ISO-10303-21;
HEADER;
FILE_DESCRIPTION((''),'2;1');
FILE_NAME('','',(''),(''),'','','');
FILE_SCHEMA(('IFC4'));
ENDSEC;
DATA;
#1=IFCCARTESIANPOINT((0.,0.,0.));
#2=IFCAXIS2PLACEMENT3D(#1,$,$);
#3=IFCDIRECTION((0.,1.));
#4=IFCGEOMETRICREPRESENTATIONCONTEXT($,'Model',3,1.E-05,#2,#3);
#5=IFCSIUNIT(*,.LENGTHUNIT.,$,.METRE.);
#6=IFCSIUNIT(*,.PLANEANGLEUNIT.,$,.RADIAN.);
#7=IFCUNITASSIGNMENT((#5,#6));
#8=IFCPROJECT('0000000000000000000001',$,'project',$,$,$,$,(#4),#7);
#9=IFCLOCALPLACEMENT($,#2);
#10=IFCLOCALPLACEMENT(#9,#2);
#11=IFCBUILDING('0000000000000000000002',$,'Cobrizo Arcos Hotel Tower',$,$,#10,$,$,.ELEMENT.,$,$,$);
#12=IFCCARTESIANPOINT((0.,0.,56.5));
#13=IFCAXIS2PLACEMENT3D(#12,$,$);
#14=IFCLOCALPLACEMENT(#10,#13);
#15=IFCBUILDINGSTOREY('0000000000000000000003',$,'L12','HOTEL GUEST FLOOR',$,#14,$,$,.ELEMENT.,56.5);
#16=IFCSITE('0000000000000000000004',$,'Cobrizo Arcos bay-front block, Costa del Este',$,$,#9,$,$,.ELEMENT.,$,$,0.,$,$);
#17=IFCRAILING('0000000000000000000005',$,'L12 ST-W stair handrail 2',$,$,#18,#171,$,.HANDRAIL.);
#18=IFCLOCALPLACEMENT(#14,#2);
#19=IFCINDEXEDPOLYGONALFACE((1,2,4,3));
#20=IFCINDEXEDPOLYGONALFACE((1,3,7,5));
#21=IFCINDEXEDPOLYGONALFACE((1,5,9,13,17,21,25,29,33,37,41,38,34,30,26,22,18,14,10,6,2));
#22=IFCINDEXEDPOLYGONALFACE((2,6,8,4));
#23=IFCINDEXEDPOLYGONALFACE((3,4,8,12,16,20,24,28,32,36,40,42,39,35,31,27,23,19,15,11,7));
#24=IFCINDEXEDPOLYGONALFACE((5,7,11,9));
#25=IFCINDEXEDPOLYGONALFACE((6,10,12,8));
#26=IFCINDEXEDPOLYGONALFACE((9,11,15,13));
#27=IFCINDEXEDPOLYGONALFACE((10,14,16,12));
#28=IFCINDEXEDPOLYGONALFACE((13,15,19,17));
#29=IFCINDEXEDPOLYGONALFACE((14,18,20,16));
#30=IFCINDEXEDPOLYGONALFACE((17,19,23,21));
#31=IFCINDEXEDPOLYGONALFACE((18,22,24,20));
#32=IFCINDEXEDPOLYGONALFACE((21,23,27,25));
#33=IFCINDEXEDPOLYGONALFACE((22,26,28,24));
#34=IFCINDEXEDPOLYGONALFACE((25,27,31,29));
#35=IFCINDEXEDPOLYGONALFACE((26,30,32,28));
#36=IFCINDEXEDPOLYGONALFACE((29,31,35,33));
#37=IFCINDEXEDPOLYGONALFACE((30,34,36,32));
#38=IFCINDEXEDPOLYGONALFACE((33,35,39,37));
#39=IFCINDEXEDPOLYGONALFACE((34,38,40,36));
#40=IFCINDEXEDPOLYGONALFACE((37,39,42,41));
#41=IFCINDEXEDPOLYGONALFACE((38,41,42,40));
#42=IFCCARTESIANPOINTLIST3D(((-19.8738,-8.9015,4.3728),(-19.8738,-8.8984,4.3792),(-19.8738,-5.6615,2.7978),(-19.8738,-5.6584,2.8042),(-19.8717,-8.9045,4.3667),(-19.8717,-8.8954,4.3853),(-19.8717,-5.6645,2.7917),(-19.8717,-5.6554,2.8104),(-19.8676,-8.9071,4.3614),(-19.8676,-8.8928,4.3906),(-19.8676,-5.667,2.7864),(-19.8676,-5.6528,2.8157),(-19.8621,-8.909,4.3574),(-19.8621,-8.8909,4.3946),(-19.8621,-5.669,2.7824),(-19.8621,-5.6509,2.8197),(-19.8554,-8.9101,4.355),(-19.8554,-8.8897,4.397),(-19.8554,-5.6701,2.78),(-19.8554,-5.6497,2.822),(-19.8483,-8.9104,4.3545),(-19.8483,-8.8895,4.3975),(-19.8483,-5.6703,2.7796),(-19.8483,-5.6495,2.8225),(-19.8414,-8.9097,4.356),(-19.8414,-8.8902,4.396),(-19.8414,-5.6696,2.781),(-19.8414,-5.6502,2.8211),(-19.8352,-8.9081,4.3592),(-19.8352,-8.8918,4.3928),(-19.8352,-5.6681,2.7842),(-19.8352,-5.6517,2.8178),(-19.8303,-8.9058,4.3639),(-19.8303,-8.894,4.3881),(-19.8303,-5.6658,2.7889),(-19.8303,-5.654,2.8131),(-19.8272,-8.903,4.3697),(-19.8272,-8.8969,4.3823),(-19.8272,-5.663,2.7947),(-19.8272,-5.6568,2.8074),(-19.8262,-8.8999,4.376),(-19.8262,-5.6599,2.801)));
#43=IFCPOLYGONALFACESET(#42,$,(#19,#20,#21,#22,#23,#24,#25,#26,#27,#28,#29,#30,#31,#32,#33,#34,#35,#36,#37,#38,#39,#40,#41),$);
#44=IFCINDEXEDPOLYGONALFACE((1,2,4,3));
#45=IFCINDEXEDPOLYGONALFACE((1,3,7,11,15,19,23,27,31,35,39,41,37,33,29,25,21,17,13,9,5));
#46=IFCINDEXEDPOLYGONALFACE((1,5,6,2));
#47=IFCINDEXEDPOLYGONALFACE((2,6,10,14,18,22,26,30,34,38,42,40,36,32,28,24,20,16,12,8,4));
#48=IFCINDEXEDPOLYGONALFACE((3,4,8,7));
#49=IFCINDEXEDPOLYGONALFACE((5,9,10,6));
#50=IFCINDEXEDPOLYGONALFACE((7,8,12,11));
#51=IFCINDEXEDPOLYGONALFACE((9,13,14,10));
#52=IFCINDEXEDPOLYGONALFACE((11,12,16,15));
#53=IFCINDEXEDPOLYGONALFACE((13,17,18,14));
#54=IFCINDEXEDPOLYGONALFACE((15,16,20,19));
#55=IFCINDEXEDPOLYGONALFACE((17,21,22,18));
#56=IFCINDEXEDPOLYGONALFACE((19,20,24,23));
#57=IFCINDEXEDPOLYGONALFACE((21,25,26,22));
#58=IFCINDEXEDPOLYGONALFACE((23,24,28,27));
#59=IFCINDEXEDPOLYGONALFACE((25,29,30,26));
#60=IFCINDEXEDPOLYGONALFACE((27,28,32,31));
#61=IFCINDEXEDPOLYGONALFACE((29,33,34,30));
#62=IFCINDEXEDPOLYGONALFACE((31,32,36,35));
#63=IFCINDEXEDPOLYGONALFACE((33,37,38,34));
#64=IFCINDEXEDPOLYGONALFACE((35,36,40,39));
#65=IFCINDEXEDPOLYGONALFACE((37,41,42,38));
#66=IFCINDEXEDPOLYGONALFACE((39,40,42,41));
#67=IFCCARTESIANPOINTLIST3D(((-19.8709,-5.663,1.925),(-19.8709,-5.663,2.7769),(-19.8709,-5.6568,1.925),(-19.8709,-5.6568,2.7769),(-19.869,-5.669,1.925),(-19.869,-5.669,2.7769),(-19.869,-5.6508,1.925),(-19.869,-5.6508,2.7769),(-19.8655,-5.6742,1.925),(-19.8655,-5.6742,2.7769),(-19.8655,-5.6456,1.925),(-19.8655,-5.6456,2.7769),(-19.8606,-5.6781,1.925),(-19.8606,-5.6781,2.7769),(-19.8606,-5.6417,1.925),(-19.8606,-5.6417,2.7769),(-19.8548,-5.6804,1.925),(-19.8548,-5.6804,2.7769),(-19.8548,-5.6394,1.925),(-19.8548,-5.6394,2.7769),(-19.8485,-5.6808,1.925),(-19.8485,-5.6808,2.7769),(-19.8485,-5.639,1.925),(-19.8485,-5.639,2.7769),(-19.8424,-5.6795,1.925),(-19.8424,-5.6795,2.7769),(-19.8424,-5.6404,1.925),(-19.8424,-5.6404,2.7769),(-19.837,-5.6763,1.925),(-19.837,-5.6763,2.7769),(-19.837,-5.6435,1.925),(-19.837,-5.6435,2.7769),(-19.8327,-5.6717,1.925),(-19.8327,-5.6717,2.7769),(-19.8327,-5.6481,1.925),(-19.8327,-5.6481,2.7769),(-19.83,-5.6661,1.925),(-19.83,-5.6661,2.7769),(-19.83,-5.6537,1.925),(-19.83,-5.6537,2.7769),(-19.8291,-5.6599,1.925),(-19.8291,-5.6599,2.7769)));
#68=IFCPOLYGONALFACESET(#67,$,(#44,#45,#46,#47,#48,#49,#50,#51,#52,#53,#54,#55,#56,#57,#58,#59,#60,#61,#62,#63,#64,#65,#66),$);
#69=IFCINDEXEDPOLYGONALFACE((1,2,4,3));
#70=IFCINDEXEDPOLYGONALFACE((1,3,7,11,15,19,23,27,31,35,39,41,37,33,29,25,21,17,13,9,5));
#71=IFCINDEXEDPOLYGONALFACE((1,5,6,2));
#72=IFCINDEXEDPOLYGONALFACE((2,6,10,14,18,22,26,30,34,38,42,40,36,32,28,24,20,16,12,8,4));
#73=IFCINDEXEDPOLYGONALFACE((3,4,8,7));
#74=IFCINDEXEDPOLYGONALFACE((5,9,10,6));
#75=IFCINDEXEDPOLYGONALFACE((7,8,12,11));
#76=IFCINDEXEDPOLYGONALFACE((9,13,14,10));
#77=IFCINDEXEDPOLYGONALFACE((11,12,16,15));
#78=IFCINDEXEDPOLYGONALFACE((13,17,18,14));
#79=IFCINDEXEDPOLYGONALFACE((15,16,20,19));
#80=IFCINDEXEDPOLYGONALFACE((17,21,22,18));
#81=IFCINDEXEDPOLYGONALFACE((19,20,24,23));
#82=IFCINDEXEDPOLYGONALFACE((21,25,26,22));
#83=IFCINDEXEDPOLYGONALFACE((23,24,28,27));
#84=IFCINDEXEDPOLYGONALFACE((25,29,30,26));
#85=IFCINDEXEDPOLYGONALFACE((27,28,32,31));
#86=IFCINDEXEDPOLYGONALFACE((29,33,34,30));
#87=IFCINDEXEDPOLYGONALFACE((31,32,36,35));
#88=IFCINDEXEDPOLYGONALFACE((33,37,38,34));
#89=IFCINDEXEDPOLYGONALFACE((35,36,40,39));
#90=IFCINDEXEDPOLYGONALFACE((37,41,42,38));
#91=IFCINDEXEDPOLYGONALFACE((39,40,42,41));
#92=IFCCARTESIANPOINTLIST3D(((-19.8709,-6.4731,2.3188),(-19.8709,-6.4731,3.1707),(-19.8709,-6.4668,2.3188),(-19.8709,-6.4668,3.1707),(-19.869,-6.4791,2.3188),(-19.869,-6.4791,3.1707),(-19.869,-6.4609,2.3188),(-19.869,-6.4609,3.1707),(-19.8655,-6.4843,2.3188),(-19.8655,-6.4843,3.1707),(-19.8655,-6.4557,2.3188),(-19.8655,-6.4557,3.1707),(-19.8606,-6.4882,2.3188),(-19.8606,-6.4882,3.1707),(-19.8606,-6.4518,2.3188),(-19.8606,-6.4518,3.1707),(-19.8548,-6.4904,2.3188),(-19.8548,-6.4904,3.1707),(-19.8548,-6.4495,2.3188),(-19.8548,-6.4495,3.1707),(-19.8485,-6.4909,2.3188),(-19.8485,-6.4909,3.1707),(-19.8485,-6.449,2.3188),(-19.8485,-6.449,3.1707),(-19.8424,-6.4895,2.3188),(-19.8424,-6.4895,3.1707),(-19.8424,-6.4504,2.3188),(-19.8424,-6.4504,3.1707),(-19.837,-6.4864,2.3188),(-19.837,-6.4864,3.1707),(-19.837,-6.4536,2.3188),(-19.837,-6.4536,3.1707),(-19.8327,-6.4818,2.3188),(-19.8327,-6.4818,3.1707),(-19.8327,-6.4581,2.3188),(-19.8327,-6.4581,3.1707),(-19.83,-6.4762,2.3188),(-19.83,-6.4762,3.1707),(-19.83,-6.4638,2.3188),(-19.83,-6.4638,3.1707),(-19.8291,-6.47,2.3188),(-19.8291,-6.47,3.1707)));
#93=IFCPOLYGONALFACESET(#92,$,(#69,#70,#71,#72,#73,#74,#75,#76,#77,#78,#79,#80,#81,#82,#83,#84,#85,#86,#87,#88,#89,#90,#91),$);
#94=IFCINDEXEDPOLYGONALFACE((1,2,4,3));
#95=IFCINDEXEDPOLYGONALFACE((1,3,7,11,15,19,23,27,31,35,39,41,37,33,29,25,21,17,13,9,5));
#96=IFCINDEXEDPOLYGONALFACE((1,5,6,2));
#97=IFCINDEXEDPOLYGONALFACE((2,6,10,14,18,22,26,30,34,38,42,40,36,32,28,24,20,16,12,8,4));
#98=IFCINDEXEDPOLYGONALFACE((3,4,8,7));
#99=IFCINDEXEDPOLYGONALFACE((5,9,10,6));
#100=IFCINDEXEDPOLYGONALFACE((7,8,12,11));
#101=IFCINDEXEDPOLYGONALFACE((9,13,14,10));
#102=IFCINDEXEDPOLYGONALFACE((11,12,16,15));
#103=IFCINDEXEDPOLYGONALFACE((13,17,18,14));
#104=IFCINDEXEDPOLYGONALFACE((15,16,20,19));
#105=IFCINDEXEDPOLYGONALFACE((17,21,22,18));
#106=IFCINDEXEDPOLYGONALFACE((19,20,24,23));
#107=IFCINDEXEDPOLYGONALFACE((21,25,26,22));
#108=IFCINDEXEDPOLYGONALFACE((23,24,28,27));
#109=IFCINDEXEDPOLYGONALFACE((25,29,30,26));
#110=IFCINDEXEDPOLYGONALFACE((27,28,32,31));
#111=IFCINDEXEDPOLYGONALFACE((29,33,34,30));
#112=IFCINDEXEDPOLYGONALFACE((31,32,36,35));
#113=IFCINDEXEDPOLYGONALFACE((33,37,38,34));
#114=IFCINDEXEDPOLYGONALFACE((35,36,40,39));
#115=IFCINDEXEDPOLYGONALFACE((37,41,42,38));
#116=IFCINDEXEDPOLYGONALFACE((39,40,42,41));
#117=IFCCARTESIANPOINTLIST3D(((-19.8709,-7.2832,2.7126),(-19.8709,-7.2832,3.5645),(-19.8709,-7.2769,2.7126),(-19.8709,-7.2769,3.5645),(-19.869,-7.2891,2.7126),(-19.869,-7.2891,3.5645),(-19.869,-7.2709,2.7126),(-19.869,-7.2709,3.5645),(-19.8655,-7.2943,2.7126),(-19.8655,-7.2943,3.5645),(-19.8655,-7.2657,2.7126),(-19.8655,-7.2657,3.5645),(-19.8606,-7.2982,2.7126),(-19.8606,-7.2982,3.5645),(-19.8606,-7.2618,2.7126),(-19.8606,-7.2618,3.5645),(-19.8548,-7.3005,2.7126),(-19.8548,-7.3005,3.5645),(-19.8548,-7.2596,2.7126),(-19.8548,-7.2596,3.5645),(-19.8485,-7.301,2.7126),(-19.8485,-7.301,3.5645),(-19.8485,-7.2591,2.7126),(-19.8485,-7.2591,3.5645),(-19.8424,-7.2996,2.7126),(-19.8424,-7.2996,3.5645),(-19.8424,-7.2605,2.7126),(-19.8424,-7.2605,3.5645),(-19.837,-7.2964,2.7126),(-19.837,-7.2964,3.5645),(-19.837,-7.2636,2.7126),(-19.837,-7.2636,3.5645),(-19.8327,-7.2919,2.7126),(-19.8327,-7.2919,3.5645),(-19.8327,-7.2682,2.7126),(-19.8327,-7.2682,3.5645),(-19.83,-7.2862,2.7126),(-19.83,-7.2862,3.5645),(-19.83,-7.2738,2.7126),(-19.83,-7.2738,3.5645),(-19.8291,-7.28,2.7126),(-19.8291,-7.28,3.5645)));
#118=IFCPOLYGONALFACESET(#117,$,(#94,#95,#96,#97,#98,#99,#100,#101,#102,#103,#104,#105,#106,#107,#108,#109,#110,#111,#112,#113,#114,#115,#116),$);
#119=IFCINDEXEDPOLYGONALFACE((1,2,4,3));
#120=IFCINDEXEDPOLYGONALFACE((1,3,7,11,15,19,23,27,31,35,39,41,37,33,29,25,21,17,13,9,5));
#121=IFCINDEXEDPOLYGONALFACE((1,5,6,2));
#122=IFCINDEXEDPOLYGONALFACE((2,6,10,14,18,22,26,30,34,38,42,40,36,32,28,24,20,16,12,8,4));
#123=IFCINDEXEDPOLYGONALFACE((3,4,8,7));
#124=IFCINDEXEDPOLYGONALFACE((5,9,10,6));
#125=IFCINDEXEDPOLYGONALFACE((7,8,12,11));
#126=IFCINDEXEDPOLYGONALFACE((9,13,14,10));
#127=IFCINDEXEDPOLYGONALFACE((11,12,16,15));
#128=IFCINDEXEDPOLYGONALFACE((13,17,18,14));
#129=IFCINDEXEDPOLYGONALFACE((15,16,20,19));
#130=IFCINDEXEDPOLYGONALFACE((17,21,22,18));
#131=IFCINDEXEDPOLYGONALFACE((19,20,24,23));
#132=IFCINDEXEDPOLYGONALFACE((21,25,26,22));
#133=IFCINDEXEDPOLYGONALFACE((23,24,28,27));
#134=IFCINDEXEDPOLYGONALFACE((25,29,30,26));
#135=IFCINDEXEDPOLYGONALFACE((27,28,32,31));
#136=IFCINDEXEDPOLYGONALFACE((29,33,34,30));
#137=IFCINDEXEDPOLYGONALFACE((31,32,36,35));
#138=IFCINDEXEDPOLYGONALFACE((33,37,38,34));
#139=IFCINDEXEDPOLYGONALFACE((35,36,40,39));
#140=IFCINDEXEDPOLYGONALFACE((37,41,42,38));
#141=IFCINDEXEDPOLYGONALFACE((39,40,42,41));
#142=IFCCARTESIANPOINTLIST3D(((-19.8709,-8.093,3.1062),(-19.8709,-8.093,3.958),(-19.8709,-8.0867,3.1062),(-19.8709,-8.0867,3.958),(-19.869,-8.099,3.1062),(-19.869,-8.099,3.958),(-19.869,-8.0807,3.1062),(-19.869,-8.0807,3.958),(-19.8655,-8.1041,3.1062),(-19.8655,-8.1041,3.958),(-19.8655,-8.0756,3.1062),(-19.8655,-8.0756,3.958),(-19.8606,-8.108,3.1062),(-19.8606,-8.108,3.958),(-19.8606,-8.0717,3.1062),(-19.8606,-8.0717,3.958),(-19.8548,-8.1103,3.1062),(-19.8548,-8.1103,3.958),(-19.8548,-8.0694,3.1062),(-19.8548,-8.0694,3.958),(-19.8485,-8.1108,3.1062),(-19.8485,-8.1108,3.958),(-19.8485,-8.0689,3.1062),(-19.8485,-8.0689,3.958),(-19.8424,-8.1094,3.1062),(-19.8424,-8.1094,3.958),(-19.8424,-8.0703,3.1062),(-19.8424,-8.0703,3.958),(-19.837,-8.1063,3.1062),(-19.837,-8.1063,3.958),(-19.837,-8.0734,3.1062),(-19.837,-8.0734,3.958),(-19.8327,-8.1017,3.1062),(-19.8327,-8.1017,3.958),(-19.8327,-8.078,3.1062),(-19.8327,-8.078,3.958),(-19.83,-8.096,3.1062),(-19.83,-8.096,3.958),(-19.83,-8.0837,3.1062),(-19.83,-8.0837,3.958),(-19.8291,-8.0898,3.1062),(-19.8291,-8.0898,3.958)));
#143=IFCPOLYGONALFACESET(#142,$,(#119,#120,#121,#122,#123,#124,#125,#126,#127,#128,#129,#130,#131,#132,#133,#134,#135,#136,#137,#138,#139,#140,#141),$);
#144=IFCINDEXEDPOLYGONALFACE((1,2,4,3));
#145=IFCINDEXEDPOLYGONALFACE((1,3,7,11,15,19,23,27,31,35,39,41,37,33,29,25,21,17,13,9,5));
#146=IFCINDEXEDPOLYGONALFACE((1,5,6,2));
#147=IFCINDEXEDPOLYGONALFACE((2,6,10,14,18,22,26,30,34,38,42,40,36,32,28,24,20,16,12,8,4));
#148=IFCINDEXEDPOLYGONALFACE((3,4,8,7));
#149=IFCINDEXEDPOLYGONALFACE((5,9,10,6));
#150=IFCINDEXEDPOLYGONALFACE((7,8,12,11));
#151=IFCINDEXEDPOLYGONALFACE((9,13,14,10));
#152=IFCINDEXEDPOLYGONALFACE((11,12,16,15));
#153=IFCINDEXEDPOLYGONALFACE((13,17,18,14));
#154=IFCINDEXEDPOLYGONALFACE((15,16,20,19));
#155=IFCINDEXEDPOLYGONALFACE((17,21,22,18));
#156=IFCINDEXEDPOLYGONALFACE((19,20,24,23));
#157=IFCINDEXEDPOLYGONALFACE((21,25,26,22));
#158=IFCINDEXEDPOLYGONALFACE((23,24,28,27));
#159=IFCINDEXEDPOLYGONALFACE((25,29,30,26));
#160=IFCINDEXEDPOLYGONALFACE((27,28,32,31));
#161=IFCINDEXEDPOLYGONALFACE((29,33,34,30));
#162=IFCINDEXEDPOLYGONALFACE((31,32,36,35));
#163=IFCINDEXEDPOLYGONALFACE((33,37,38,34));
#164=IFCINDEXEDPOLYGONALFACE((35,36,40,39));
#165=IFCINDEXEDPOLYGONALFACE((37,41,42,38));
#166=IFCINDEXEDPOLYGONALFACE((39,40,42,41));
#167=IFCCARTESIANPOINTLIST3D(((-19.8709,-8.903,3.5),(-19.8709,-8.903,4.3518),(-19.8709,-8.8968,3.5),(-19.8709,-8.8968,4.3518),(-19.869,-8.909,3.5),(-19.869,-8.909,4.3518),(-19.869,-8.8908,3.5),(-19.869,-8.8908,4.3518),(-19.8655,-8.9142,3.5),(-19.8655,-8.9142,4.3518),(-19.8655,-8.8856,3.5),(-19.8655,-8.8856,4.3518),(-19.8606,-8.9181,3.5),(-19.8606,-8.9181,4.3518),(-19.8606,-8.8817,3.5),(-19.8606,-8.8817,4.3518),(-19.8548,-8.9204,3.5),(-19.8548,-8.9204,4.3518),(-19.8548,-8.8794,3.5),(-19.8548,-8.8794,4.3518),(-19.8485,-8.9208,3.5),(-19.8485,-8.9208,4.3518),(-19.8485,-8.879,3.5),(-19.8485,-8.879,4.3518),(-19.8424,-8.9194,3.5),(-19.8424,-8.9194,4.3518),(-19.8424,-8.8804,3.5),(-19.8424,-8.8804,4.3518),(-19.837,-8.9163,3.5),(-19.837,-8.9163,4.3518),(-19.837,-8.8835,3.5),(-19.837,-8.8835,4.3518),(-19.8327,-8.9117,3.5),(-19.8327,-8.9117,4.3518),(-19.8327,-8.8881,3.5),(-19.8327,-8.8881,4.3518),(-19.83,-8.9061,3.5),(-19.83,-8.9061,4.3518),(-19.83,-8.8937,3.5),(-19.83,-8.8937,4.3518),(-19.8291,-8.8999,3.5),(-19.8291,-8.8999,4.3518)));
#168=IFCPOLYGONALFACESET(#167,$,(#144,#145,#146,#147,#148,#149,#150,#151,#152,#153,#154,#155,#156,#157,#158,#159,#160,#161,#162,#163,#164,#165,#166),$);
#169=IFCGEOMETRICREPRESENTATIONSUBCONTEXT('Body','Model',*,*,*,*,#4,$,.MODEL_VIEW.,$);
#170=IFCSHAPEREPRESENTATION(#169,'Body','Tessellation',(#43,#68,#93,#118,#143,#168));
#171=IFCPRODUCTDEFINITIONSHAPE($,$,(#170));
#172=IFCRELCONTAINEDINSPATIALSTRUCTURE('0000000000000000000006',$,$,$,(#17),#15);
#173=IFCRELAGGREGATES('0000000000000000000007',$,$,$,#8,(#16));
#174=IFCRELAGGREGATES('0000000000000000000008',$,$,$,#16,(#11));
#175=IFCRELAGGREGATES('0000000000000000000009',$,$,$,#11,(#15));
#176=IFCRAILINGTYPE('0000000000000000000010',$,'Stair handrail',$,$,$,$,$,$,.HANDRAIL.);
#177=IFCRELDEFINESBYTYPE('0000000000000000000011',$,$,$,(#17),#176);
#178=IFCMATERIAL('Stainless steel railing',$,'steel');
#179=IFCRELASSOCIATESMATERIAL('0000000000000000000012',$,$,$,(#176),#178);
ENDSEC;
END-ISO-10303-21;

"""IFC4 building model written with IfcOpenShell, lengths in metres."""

from ifc_helpers import new_model, si_unit, direction, frame, origin, origin_2d, place, context, subcontext, project, spatial, circle, extrude, material, type_object, element, save


model = new_model("IFC4")

# Units and contexts
model_context = context("Model", 3, precision=1e-05, world=origin(), true_north=direction((0.0, 1.0)))
body_context = subcontext(model_context, "Body", "Model", "MODEL_VIEW")
ifc_project = project(units=[si_unit("LENGTHUNIT", "METRE"), si_unit("PLANEANGLEUNIT", "RADIAN")], contexts=[model_context])

# Site, building, storey
site_placement = place(None, origin())
site = spatial("IfcSite", under=ifc_project, at=site_placement, Name="Cobrizo Arcos bay-front block, Costa del Este", CompositionType="ELEMENT", RefElevation=0.0)
building_placement = place(site_placement, origin())
building = spatial("IfcBuilding", under=site, at=building_placement, Name="Cobrizo Arcos Hotel Tower", CompositionType="ELEMENT")
storey_placement = place(building_placement, frame((0.0, 0.0, 56.5)))
storey = spatial("IfcBuildingStorey", under=building, at=storey_placement, Name="L12", Description="HOTEL GUEST FLOOR", CompositionType="ELEMENT", Elevation=56.5)

# Railing
ifc_material_1 = material(Name="Stainless steel railing", Category="steel")
railing_type_1 = type_object("IfcRailingType", Name="Stair handrail", PredefinedType="HANDRAIL", material=ifc_material_1)
railing_1_placement = place(storey_placement, frame((-19.8501, -5.6599, 1.925)))
element("IfcRailing", 1, at=railing_1_placement, inside=storey, type_object=railing_type_1, Name="L12 ST-W stair handrail 2", PredefinedType="HANDRAIL", context=body_context, shape_type="SweptSolid", body=[
    extrude(circle(Radius=0.0239, at=origin_2d()), frame((0.0, 0.0, 0.876), z_axis=(0.0, -0.899373, 0.437183), x_axis=(1.0, 0.0, 0.0)), (0.0, 0.0, 1.0), 3.6025),
    extrude(circle(Radius=0.021, at=origin_2d()), origin(), (0.0, 0.0, 1.0), 0.8518),
    extrude(circle(Radius=0.021, at=origin_2d()), frame((0.0, -0.8101, 0.3938)), (0.0, 0.0, 1.0), 0.8518),
    extrude(circle(Radius=0.021, at=origin_2d()), frame((0.0, -1.6201, 0.7876)), (0.0, 0.0, 1.0), 0.8518),
    extrude(circle(Radius=0.021, at=origin_2d()), frame((0.0, -2.4299, 1.1812)), (0.0, 0.0, 1.0), 0.8518),
    extrude(circle(Radius=0.021, at=origin_2d()), frame((0.0, -3.24, 1.575)), (0.0, 0.0, 1.0), 0.8518),
])

save(model, "model.ifc")
